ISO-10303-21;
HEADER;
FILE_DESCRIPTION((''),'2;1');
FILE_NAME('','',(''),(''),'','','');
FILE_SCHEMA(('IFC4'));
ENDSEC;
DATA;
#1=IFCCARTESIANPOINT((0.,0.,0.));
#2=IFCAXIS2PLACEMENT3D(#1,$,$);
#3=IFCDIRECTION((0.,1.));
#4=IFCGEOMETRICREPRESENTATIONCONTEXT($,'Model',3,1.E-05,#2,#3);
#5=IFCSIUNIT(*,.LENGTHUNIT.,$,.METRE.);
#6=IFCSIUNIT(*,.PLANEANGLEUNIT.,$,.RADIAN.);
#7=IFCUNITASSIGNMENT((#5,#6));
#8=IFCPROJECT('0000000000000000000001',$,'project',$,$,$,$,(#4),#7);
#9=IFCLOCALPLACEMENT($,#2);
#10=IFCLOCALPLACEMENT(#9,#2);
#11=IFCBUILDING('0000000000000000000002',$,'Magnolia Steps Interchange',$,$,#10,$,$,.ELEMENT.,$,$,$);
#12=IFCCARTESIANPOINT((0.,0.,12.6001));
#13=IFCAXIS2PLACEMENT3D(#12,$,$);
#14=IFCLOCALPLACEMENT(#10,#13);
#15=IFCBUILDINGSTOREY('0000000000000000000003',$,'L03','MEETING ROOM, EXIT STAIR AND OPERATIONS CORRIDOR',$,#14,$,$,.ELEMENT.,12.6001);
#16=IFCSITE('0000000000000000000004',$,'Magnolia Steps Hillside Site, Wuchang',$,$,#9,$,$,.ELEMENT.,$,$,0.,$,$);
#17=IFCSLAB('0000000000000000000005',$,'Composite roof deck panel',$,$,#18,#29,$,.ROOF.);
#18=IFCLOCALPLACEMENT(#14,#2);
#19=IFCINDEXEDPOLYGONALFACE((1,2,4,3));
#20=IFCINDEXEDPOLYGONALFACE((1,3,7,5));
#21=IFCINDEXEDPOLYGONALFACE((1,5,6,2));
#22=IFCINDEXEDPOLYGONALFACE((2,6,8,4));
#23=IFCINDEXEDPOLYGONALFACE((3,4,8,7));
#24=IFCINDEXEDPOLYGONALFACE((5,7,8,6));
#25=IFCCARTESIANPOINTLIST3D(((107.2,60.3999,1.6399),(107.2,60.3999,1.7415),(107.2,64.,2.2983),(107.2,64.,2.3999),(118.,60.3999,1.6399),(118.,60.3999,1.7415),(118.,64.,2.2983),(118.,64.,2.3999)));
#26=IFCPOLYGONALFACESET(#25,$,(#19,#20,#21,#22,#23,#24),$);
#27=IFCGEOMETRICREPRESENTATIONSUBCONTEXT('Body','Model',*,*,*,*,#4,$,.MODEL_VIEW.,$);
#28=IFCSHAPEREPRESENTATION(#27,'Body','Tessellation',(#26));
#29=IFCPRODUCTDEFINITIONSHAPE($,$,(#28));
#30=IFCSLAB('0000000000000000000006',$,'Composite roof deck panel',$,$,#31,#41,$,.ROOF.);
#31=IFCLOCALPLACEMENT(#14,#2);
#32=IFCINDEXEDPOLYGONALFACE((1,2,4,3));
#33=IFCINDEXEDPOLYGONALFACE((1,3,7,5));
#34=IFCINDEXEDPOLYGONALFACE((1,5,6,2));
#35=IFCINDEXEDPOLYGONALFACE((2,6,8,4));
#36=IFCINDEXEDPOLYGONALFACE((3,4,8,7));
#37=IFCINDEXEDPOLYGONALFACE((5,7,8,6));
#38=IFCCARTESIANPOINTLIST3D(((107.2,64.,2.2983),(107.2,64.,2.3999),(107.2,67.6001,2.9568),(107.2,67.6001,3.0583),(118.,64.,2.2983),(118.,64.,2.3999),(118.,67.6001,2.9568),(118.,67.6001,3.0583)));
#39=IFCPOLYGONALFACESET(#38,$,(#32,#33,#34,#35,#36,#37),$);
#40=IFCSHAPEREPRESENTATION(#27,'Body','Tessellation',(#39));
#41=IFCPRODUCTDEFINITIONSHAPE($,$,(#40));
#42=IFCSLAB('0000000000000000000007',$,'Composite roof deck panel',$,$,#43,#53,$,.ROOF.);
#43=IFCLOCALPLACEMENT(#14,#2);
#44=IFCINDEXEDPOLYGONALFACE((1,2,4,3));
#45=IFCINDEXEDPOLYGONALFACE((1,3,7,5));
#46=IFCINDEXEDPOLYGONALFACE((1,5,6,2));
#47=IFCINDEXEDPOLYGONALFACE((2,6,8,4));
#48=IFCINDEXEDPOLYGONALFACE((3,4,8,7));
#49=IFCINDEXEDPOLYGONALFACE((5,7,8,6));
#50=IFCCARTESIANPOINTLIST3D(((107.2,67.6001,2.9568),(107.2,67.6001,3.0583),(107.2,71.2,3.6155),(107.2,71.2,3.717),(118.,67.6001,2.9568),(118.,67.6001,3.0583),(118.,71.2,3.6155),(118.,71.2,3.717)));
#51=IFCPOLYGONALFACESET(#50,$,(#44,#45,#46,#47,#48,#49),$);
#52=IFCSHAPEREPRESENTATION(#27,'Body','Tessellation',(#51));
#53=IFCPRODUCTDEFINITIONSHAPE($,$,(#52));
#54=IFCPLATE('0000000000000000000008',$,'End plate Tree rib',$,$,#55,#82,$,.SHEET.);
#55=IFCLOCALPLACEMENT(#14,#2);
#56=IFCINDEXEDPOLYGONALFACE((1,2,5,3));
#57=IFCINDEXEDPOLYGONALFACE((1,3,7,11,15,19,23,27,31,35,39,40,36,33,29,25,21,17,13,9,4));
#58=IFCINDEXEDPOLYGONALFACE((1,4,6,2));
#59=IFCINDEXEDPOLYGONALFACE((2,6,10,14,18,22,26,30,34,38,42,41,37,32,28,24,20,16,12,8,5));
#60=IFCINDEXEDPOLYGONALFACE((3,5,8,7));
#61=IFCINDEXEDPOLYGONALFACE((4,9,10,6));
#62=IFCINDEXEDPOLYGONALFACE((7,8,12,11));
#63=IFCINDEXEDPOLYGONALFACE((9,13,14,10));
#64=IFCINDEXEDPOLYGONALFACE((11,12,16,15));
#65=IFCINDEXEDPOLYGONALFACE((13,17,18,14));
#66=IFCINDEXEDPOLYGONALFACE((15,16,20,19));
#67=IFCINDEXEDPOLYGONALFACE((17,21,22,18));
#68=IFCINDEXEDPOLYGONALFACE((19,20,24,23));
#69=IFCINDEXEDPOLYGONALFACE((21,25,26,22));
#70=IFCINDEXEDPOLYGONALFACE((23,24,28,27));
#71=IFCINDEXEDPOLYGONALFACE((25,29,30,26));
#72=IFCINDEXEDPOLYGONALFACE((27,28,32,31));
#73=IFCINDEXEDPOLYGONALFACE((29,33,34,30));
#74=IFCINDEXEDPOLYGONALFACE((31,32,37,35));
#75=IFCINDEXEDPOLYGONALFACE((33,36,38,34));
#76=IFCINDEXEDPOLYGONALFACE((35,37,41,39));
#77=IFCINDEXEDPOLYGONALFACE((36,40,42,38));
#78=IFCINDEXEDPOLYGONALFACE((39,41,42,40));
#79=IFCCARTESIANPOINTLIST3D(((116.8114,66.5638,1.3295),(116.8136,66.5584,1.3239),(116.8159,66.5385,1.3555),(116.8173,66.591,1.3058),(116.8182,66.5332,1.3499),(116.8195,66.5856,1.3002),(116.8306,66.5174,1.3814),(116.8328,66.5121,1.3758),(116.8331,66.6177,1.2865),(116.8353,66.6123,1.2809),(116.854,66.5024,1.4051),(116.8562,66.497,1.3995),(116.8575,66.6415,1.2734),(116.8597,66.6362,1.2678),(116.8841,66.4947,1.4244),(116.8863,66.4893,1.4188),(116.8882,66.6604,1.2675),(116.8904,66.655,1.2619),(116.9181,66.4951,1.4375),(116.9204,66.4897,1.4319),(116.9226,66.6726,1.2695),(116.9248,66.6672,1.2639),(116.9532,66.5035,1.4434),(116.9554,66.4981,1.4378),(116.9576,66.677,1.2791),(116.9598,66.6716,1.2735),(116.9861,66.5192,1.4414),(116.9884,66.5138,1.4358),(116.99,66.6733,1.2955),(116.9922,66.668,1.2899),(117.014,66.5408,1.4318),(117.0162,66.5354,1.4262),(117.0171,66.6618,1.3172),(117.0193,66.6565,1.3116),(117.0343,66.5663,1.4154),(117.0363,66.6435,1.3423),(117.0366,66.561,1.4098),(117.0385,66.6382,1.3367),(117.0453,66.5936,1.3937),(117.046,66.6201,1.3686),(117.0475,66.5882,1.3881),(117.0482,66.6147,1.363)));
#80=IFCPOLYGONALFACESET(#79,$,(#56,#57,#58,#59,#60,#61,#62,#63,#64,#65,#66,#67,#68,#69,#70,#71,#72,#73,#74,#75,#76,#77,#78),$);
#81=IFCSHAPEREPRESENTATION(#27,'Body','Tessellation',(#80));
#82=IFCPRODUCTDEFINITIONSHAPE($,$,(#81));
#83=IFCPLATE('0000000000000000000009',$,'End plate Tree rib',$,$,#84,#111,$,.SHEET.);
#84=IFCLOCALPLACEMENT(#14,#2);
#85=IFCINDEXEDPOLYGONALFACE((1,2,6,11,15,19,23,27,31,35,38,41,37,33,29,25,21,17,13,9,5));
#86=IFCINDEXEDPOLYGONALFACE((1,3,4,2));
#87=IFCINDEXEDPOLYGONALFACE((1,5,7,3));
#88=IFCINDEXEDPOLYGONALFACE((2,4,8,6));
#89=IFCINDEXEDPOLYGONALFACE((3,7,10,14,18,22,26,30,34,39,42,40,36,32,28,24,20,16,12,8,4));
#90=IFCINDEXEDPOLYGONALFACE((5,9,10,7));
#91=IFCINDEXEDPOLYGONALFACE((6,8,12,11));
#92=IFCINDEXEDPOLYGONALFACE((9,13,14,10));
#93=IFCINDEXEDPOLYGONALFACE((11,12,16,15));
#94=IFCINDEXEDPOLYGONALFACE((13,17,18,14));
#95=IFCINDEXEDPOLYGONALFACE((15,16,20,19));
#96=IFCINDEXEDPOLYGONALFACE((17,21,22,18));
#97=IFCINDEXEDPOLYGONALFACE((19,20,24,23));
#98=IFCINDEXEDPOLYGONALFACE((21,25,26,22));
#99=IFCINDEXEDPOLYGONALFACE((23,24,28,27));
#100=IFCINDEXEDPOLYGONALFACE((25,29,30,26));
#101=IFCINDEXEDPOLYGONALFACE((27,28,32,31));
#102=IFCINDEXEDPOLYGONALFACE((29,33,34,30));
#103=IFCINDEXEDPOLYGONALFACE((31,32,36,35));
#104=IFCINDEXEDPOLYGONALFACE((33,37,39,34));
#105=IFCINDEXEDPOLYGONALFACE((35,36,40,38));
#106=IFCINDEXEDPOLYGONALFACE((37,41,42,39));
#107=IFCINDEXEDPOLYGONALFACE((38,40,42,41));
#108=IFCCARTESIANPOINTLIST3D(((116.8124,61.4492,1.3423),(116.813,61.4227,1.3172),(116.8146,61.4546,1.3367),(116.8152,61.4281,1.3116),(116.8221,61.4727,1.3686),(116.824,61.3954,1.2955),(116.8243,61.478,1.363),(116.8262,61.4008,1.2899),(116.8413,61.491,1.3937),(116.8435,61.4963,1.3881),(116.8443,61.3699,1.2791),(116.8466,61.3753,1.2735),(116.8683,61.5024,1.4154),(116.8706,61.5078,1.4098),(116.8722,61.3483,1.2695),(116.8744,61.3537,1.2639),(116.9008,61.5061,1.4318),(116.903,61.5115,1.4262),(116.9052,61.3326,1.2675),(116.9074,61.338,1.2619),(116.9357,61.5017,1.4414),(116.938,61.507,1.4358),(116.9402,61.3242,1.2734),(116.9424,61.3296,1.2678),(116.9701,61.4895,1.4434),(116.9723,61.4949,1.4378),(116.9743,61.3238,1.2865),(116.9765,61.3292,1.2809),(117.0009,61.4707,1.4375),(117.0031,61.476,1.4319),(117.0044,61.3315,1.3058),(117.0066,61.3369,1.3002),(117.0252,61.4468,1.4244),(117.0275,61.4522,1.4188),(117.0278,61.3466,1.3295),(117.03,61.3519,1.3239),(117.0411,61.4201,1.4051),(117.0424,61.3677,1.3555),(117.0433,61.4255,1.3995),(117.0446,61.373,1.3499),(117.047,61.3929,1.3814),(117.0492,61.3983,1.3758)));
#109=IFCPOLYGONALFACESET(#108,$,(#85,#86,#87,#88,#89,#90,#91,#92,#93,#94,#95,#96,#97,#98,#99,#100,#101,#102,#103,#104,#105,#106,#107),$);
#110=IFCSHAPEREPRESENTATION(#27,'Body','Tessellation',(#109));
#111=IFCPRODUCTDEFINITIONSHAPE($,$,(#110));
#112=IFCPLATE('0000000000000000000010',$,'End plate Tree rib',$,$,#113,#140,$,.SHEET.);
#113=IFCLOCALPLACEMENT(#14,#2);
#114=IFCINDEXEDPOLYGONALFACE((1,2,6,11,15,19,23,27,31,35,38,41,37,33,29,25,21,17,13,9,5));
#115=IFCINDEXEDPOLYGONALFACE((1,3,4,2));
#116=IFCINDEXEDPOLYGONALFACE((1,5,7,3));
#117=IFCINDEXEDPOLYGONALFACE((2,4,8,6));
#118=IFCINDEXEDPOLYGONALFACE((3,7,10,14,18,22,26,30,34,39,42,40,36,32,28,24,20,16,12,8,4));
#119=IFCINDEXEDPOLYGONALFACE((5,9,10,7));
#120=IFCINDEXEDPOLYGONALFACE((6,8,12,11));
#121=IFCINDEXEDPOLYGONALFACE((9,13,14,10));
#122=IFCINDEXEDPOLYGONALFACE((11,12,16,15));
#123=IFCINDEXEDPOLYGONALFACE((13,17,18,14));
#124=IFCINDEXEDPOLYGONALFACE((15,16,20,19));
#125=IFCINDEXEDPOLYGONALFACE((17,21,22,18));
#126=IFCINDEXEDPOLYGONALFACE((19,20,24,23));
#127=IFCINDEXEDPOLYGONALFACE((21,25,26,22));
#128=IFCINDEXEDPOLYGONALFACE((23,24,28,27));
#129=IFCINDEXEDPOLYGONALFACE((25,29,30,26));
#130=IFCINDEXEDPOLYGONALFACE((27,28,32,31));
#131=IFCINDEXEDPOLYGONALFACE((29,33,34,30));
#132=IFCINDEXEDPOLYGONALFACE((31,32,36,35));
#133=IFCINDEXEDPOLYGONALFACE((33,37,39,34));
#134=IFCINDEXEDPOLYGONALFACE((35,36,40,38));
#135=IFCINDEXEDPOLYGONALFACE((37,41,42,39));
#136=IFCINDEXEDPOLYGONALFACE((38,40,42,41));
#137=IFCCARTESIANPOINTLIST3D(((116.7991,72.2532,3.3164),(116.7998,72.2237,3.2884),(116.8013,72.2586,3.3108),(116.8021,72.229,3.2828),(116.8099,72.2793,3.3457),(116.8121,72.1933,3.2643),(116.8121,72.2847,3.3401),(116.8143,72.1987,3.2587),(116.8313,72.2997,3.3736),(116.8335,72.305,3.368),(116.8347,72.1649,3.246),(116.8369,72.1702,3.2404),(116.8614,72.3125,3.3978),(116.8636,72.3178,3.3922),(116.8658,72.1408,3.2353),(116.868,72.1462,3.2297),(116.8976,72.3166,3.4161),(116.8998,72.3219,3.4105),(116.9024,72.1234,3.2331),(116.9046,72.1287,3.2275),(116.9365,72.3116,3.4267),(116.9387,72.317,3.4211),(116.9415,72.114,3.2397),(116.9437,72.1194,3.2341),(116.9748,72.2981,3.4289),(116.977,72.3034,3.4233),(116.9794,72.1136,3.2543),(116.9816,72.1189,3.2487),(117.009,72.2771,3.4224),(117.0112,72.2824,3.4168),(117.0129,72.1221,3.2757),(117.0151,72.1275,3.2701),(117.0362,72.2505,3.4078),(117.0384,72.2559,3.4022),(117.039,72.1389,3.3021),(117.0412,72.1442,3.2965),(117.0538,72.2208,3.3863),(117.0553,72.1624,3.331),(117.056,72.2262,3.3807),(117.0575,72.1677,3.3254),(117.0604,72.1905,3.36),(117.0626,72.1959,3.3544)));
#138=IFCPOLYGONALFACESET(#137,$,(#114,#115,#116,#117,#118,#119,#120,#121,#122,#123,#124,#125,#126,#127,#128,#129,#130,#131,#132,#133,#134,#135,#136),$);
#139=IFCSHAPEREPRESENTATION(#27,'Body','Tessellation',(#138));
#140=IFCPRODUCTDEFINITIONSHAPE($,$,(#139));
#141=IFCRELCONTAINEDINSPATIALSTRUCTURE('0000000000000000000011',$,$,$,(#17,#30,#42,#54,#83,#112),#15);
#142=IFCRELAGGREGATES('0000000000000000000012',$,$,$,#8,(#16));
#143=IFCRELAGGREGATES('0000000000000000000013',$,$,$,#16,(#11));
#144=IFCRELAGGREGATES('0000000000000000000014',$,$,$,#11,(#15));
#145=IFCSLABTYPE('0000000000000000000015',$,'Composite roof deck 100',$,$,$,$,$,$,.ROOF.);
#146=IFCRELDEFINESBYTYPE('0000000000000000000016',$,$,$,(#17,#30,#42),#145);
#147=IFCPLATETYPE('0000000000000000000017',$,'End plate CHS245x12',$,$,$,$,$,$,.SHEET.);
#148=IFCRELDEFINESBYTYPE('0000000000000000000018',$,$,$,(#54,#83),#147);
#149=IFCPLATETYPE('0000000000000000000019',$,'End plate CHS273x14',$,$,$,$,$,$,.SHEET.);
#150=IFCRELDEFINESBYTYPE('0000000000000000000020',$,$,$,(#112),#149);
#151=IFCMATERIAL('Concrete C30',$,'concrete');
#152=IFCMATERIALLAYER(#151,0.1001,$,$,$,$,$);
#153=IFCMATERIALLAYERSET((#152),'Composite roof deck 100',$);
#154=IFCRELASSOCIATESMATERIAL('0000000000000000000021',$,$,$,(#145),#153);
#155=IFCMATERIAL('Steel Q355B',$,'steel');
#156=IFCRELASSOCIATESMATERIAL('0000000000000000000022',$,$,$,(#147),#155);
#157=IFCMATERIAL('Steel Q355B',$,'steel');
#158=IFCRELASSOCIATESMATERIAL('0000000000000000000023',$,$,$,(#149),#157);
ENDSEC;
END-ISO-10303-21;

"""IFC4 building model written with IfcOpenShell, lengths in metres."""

from ifc_helpers import new_model, si_unit, direction, frame, origin, origin_2d, place, context, subcontext, project, spatial, polyline, circle, outline, extrude, material, layer, layer_set, material_profile, profile_set, type_object, element, save


model = new_model("IFC4")

# Units and contexts
model_context = context("Model", 3, precision=1e-05, world=origin(), true_north=direction((0.0, 1.0)))
body_context = subcontext(model_context, "Body", "Model", "MODEL_VIEW")
ifc_project = project(units=[si_unit("LENGTHUNIT", "METRE"), si_unit("PLANEANGLEUNIT", "RADIAN")], contexts=[model_context])

# Site, building, storey
site_placement = place(None, origin())
site = spatial("IfcSite", under=ifc_project, at=site_placement, Name="Magnolia Steps Hillside Site, Wuchang", CompositionType="ELEMENT", RefElevation=0.0)
building_placement = place(site_placement, origin())
building = spatial("IfcBuilding", under=site, at=building_placement, Name="Magnolia Steps Interchange", CompositionType="ELEMENT")
storey_placement = place(building_placement, frame((0.0, 0.0, 12.6001)))
storey = spatial("IfcBuildingStorey", under=building, at=storey_placement, Name="L03", Description="MEETING ROOM, EXIT STAIR AND OPERATIONS CORRIDOR", CompositionType="ELEMENT", Elevation=12.6001)

# Slabs
ifc_material_1 = material(Name="Concrete C30", Category="concrete")
ifc_layer = layer(ifc_material_1, 0.1001)
ifc_layer_set = layer_set([ifc_layer], Name="Composite roof deck 100")
slab_type = type_object("IfcSlabType", Name="Composite roof deck 100", PredefinedType="ROOF", material=ifc_layer_set)
for number, where, z_axis, x_axis, name in (
    (1, (118.0, 60.3999, 1.7415), (0.0, -0.179913, 0.983683), (0.0, 0.983683, 0.179913), "Composite roof deck panel"),
    (2, (118.0, 64.0, 2.3999), (0.0, -0.179913, 0.983683), (0.0, 0.983683, 0.179913), "Composite roof deck panel"),
):
    element("IfcSlab", number, at=place(storey_placement, frame(where, z_axis=z_axis, x_axis=x_axis)), inside=storey, type_object=slab_type, Name=name, PredefinedType="ROOF", context=body_context, shape_type="SweptSolid", body=[
        extrude(outline(polyline([(0.0, 0.0), (3.6598, 0.0), (3.6598, 10.8), (0.0, 10.8), (0.0, 0.0)])), origin(), (-0.179913, 0.0, -0.983683), 0.1016),
    ])
slab_1_placement = place(storey_placement, frame((118.0, 67.6001, 3.0583), z_axis=(0.0, -0.179989, 0.983669), x_axis=(0.0, 0.983669, 0.179989)))
element("IfcSlab", 3, at=slab_1_placement, inside=storey, type_object=slab_type, Name="Composite roof deck panel", PredefinedType="ROOF", context=body_context, shape_type="SweptSolid", body=[
    extrude(outline(polyline([(0.0, 0.0), (3.6596, 0.0), (3.6596, 10.8), (0.0, 10.8), (0.0, 0.0)])), origin(), (-0.179989, 0.0, -0.983669), 0.1016),
])

# Plates
ifc_material_2 = material(Name="Steel Q355B", Category="steel")
ifc_material_profile_1 = material_profile(ifc_material_2, circle(Radius=0.1226, at=origin_2d()), Name="End plate CHS245x12")
ifc_profile_set_1 = profile_set([ifc_material_profile_1], Name="Steel Q355B")
plate_type_1 = type_object("IfcPlateType", Name="End plate CHS245x12", PredefinedType="SHEET", material=ifc_profile_set_1)
for number, where, z_axis, x_axis, name in (
    (4, (116.9314, 66.5801, 1.3499), (-0.275279, 0.664583, 0.694658), (-0.92388, -0.382683, 0.0), "End plate Tree rib"),
    (5, (116.9314, 61.4199, 1.3499), (-0.275279, -0.664583, 0.694658), (0.92388, -0.382683, 0.0), "End plate Tree rib"),
):
    element("IfcPlate", number, at=place(storey_placement, frame(where, z_axis=z_axis, x_axis=x_axis)), inside=storey, type_object=plate_type_1, Name=name, PredefinedType="SHEET", context=body_context, shape_type="SweptSolid", body=[
        extrude(circle(Radius=0.1226, at=origin_2d()), origin(), (0.0, 0.0, 1.0), 0.0081),
    ])
ifc_material_3 = material(Name="Steel Q355B", Category="steel")
ifc_material_profile_2 = material_profile(ifc_material_3, circle(Radius=0.1365, at=origin_2d()), Name="End plate CHS273x14")
ifc_profile_set_2 = profile_set([ifc_material_profile_2], Name="Steel Q355B")
plate_type_2 = type_object("IfcPlateType", Name="End plate CHS273x14", PredefinedType="SHEET", material=ifc_profile_set_2)
plate_placement = place(storey_placement, frame((116.9314, 72.22, 3.3254), z_axis=(-0.275279, -0.664583, 0.694658), x_axis=(0.92388, -0.382683, 0.0)))
element("IfcPlate", 6, at=plate_placement, inside=storey, type_object=plate_type_2, Name="End plate Tree rib", PredefinedType="SHEET", context=body_context, shape_type="SweptSolid", body=[
    extrude(circle(Radius=0.1365, at=origin_2d()), origin(), (0.0, 0.0, 1.0), 0.0081),
])

save(model, "model.ifc")
